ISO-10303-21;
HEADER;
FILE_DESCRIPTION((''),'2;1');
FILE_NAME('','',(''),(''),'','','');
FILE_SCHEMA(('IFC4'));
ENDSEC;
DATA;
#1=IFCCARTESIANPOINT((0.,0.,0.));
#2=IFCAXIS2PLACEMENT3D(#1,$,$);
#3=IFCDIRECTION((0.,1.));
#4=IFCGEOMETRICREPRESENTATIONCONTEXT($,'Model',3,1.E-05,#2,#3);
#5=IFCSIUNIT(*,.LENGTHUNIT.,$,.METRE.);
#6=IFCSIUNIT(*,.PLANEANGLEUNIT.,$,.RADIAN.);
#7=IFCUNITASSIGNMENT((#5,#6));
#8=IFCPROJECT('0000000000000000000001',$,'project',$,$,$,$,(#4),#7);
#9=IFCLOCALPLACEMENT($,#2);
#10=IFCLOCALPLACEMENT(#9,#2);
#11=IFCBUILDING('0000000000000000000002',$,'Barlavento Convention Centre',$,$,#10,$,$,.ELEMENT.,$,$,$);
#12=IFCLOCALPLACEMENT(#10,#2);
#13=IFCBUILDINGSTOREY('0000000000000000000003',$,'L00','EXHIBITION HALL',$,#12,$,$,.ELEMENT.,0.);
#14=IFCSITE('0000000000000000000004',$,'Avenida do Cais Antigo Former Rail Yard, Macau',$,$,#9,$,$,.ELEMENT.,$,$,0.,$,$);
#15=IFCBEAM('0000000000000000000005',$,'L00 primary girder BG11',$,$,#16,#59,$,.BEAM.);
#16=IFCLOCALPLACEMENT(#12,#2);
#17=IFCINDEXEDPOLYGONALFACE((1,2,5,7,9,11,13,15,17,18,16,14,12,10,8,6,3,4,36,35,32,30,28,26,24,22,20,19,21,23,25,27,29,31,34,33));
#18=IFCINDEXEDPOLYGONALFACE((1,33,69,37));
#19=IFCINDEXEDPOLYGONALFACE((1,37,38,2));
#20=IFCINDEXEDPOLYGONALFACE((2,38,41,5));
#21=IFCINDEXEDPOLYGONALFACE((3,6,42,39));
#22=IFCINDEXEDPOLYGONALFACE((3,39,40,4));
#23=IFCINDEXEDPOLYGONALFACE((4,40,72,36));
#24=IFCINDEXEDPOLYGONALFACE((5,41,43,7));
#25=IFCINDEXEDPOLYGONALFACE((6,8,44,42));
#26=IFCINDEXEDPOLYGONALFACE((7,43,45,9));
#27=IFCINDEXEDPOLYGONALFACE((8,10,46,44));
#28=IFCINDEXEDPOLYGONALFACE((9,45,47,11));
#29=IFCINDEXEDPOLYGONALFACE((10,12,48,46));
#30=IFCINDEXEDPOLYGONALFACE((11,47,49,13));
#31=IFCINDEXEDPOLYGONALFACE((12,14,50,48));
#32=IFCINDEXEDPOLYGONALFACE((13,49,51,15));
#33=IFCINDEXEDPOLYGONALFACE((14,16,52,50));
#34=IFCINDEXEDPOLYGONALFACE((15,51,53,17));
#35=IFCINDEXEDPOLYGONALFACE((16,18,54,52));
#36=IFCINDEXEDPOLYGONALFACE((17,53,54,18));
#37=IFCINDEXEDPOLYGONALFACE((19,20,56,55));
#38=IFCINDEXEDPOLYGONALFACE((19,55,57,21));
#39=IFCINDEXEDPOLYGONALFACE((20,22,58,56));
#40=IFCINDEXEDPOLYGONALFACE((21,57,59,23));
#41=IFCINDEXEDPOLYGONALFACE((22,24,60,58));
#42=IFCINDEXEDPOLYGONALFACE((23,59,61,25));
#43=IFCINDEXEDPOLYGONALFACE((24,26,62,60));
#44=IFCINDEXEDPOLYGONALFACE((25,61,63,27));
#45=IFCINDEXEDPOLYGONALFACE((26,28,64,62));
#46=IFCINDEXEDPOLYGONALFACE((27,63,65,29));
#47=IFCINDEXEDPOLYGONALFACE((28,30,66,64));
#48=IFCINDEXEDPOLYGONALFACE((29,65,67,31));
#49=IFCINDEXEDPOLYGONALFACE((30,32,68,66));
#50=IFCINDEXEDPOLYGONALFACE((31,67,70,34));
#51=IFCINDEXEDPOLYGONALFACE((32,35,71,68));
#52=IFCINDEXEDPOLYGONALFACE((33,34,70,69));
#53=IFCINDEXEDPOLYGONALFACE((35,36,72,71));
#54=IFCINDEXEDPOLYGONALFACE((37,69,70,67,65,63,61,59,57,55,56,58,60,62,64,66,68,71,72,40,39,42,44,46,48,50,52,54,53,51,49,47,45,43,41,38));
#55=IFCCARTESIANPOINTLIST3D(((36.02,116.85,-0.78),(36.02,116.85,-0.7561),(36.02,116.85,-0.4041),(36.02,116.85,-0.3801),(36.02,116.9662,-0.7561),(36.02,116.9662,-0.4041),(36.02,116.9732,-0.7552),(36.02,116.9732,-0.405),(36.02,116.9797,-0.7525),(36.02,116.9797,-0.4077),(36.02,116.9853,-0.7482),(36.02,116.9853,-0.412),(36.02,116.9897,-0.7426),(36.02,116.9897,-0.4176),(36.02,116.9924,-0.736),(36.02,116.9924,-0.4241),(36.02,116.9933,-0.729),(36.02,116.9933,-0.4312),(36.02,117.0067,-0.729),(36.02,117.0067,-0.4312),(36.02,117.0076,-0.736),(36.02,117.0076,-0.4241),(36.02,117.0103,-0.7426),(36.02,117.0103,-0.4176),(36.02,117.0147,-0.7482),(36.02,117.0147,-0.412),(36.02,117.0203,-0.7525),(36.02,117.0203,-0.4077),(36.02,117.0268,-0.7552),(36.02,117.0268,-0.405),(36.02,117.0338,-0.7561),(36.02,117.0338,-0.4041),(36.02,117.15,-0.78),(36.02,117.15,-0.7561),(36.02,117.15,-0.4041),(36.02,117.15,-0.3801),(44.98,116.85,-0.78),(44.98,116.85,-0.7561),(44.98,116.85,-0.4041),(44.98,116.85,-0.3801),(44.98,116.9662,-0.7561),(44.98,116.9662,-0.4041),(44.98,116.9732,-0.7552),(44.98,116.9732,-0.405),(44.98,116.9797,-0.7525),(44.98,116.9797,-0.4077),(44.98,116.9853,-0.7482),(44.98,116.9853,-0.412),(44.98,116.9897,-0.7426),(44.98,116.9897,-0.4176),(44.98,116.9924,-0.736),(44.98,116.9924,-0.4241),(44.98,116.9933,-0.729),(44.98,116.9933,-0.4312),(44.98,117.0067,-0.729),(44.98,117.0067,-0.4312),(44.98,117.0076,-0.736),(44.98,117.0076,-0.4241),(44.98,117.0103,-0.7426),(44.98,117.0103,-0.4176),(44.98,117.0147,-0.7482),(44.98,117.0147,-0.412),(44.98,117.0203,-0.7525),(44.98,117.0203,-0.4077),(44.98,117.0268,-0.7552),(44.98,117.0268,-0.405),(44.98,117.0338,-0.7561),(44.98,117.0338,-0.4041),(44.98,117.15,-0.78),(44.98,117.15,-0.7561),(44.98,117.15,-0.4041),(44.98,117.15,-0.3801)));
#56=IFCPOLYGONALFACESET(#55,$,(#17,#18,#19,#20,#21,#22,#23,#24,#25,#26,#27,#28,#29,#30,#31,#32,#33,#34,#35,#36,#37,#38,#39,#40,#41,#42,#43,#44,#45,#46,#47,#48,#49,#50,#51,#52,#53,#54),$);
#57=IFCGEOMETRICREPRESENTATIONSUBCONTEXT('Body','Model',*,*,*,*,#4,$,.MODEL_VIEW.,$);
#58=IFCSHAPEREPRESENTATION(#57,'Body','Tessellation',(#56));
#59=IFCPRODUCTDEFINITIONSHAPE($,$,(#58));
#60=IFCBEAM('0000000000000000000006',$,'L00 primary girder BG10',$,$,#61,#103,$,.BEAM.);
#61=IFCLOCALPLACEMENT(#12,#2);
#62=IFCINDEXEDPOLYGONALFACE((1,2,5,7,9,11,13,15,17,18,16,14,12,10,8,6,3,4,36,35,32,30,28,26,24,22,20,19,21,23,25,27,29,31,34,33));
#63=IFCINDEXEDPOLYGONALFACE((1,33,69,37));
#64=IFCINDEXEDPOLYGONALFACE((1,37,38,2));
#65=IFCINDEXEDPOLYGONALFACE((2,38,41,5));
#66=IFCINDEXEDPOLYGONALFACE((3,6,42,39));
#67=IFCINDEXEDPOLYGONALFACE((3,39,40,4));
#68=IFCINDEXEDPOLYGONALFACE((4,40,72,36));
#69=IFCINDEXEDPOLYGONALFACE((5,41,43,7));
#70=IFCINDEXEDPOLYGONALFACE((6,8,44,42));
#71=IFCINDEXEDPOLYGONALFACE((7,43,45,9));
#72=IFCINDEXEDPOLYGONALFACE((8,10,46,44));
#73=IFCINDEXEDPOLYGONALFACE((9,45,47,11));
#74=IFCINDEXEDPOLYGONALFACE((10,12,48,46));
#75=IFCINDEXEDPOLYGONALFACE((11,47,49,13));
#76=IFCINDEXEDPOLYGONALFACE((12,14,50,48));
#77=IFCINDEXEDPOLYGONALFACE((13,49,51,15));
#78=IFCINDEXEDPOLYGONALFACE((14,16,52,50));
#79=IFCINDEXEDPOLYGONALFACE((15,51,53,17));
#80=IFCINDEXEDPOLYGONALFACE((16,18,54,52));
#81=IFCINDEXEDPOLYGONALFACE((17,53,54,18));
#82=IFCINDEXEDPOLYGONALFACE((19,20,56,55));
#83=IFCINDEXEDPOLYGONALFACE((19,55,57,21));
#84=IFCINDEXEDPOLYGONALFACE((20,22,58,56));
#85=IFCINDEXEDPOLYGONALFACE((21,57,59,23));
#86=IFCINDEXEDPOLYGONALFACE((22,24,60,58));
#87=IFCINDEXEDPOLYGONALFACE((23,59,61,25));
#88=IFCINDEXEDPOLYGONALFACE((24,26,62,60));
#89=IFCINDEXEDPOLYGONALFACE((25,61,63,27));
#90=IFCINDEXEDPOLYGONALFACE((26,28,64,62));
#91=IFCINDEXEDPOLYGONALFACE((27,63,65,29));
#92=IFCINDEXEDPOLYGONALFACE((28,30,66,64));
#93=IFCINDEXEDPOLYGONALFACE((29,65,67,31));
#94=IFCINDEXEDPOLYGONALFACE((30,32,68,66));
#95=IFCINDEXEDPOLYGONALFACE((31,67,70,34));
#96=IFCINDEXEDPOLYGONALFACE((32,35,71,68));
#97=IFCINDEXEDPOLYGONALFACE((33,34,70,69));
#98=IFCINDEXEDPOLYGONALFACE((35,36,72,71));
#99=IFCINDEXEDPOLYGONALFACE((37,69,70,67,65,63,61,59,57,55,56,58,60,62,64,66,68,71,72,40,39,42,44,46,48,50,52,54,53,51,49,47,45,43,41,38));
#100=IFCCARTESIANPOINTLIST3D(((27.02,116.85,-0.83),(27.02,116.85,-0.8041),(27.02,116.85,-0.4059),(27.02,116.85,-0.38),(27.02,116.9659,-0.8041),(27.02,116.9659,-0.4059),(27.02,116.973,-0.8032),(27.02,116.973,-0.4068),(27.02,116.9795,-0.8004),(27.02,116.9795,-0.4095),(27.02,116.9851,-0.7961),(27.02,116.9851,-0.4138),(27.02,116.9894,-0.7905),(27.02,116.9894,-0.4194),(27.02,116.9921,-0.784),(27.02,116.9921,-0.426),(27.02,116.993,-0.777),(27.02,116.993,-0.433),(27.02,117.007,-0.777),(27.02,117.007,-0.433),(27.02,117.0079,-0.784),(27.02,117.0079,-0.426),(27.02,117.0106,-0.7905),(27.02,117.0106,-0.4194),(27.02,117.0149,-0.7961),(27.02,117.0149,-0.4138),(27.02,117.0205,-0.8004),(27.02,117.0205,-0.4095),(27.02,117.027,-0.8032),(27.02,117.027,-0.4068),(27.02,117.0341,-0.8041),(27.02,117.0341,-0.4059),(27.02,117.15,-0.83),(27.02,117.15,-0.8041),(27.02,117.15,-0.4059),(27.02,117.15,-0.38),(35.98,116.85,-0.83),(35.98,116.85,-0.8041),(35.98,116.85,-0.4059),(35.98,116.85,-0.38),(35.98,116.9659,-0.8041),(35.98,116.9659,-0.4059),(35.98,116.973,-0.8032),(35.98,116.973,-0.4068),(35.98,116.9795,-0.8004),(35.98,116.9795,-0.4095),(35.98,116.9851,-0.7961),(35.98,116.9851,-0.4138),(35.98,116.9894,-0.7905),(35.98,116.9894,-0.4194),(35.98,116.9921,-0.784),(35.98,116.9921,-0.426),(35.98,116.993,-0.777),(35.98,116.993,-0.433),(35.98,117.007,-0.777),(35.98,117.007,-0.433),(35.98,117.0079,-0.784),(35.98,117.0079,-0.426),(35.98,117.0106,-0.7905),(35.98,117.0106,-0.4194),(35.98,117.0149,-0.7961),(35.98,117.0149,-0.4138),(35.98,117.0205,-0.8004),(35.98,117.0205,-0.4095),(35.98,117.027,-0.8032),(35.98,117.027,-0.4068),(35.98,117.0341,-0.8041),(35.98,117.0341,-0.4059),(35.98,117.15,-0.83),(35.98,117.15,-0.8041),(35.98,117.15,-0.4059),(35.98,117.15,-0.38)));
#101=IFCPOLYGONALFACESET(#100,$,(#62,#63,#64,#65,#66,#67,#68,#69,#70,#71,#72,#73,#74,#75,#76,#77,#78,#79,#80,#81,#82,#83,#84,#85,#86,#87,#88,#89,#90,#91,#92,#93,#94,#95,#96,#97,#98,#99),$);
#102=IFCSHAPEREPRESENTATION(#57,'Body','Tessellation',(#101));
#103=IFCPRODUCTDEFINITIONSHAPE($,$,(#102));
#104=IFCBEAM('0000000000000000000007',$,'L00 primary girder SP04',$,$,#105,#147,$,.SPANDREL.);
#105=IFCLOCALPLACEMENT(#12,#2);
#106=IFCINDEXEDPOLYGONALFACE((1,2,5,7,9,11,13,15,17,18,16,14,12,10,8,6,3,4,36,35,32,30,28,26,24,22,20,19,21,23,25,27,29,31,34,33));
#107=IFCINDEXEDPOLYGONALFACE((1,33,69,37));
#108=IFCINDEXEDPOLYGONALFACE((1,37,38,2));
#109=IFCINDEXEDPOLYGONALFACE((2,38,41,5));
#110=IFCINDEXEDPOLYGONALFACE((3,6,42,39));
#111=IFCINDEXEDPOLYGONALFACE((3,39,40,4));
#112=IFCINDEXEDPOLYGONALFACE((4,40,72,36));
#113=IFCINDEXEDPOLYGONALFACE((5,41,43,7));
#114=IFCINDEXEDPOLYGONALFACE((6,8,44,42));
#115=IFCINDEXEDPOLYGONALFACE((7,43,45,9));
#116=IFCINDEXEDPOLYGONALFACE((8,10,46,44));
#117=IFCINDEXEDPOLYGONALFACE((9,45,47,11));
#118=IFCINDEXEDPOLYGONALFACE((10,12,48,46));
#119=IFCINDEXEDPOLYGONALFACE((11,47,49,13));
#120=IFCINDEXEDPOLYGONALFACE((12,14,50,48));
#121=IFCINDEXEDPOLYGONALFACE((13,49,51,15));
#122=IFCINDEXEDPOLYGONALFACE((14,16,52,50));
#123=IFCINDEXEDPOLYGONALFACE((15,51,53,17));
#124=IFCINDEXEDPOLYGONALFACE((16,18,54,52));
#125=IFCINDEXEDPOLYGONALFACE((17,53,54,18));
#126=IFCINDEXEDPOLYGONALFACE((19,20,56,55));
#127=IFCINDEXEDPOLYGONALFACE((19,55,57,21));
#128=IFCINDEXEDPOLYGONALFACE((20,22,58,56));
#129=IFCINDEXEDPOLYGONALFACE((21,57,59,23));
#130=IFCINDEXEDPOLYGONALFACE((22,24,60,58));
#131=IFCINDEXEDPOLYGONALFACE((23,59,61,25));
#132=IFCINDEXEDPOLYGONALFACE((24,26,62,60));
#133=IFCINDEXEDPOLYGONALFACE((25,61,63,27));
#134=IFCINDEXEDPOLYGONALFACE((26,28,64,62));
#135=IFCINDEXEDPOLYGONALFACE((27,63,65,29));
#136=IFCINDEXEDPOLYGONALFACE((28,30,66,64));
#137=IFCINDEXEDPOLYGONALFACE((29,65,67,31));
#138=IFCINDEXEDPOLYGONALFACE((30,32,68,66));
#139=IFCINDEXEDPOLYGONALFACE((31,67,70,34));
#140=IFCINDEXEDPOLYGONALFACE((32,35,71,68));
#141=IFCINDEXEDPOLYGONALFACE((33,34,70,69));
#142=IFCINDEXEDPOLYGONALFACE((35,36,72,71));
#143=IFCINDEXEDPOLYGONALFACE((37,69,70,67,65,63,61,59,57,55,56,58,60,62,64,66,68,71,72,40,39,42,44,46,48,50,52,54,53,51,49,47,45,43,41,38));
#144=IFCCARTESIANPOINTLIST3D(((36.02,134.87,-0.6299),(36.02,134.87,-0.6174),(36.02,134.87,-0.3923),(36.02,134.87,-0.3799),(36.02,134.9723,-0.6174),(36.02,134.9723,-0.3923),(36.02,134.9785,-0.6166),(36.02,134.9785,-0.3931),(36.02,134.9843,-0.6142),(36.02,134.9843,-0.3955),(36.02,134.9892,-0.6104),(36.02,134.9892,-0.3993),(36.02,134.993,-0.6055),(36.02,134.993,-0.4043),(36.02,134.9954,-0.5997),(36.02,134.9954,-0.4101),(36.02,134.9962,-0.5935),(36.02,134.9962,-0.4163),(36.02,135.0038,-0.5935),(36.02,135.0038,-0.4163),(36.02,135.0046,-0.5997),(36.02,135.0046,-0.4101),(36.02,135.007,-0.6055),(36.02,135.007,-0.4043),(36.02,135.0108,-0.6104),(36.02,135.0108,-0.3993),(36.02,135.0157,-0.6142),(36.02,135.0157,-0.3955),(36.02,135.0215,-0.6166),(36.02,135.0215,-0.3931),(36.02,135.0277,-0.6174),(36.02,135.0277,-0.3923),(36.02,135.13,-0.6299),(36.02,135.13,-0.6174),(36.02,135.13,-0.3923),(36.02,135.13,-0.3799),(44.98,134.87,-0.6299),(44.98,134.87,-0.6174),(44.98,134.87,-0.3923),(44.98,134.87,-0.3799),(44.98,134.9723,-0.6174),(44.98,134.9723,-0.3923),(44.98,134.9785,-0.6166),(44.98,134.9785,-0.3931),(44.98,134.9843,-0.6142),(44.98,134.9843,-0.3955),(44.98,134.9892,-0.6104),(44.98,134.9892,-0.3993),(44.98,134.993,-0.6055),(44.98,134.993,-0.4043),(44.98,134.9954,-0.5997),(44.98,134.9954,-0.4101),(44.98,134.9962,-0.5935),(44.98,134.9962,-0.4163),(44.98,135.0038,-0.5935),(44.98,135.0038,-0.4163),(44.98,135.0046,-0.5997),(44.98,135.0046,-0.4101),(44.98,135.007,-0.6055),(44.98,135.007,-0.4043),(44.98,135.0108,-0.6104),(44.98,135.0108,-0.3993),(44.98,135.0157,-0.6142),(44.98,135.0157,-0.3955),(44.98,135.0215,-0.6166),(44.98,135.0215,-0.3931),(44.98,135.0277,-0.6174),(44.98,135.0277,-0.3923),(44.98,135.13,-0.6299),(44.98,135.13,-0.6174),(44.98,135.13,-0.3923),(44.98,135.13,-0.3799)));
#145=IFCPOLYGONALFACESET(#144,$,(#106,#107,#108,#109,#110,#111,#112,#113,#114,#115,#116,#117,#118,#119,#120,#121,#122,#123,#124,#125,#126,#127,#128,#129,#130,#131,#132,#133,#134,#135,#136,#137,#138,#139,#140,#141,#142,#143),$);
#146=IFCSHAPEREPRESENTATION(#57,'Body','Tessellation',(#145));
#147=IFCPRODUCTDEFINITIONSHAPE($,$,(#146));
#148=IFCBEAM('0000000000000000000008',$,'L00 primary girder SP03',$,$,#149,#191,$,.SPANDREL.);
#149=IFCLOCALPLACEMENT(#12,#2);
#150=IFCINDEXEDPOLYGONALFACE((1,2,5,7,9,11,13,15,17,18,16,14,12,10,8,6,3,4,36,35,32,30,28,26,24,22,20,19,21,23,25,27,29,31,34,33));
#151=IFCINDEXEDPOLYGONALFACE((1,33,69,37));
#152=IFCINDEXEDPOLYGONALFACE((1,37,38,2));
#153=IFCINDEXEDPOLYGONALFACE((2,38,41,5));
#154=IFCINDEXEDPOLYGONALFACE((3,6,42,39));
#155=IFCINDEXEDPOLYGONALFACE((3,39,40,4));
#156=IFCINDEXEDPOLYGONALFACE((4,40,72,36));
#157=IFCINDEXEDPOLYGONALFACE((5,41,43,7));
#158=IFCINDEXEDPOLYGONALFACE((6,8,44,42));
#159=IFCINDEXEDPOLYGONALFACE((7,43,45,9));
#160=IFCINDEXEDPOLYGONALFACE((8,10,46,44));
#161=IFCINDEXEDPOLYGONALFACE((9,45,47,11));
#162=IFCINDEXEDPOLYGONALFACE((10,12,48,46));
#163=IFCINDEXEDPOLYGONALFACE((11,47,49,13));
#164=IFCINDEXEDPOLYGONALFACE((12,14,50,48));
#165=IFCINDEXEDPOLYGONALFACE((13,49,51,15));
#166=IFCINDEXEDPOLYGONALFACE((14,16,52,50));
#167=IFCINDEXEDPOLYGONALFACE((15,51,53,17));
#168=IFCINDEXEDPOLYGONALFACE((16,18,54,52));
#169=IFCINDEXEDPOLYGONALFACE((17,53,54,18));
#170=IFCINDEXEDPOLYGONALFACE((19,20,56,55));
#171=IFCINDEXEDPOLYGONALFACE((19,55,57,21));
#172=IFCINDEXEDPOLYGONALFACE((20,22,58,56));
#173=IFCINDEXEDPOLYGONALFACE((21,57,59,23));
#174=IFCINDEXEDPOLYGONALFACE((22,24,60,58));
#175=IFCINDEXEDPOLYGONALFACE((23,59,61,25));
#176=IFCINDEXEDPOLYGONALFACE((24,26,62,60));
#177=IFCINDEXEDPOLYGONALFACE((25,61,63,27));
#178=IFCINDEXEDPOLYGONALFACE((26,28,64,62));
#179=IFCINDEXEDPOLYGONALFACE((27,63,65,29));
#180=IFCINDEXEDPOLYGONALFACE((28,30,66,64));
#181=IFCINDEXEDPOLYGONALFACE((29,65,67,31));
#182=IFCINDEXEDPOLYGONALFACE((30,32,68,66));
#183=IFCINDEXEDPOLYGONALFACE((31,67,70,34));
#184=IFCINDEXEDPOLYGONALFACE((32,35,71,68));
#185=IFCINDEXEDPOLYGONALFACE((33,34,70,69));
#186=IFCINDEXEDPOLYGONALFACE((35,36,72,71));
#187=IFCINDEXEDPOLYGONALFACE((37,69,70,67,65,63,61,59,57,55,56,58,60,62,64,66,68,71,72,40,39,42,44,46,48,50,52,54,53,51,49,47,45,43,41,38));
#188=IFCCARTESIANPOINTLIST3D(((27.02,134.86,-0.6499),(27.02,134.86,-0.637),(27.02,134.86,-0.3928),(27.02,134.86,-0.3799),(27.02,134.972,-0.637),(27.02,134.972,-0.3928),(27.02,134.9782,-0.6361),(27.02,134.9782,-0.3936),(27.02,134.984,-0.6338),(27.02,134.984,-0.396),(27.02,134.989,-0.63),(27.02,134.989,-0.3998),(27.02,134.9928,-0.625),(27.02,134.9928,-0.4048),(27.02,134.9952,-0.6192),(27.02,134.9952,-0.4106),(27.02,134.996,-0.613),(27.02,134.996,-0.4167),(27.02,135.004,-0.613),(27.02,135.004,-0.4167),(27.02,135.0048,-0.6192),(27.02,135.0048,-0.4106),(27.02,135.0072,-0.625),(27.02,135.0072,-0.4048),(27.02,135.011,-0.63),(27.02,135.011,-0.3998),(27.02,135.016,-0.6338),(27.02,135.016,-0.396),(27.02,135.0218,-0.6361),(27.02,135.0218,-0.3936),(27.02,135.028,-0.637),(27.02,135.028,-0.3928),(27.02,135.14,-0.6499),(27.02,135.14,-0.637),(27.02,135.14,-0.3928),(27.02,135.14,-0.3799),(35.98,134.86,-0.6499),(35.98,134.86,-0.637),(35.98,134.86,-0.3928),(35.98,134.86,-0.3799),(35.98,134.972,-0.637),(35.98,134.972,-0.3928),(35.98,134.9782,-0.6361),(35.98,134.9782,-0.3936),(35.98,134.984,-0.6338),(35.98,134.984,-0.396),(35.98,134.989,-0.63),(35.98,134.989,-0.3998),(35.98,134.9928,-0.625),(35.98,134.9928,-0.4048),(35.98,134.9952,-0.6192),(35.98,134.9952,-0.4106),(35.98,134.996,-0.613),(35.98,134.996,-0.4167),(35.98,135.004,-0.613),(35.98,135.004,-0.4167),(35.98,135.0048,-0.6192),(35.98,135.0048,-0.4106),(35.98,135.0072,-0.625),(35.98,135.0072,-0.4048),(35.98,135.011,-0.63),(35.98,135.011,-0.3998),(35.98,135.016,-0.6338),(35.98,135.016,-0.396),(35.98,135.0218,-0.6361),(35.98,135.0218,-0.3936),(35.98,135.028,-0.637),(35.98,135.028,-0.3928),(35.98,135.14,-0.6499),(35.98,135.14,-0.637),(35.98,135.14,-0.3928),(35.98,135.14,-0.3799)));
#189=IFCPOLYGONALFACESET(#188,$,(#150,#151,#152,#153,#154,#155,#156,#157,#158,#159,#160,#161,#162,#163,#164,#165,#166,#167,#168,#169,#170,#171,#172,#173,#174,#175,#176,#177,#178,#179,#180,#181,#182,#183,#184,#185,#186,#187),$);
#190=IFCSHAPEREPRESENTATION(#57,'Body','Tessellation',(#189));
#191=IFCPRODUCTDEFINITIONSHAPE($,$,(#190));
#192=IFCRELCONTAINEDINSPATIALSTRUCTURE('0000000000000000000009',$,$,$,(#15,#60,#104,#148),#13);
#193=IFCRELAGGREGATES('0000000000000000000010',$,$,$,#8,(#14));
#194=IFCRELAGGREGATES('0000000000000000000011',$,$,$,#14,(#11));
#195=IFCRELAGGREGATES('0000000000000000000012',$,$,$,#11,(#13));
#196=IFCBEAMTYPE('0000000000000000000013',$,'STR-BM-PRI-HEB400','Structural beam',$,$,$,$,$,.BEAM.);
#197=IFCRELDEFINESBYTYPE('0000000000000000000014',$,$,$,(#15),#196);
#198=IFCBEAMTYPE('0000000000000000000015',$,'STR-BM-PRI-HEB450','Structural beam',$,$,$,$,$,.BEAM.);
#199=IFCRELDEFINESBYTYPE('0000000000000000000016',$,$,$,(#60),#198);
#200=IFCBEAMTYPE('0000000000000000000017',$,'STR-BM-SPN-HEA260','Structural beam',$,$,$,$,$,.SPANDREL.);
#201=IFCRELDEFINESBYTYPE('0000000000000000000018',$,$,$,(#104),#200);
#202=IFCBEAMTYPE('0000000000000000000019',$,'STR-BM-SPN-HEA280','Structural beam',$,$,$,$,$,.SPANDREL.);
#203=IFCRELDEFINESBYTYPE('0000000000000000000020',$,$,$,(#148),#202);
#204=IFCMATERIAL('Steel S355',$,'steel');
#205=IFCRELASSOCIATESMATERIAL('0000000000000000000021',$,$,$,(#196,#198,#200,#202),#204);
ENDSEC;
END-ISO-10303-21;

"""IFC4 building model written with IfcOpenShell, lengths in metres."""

from ifc_helpers import new_model, si_unit, direction, frame, origin, origin_2d, place, context, subcontext, project, spatial, i_section, extrude, material, material_profile, profile_set, type_object, element, save


model = new_model("IFC4")

# Units and contexts
model_context = context("Model", 3, precision=1e-05, world=origin(), true_north=direction((0.0, 1.0)))
body_context = subcontext(model_context, "Body", "Model", "MODEL_VIEW")
ifc_project = project(units=[si_unit("LENGTHUNIT", "METRE"), si_unit("PLANEANGLEUNIT", "RADIAN")], contexts=[model_context])

# Site, building, storey
site_placement = place(None, origin())
site = spatial("IfcSite", under=ifc_project, at=site_placement, Name="Avenida do Cais Antigo Former Rail Yard, Macau", CompositionType="ELEMENT", RefElevation=0.0)
building_placement = place(site_placement, origin())
building = spatial("IfcBuilding", under=site, at=building_placement, Name="Barlavento Convention Centre", CompositionType="ELEMENT")
storey_placement = place(building_placement, origin())
storey = spatial("IfcBuildingStorey", under=building, at=storey_placement, Name="L00", Description="EXHIBITION HALL", CompositionType="ELEMENT", Elevation=0.0)

# Beams
ifc_material_1 = material(Name="Steel S355", Category="steel")
ifc_material_profile_1 = material_profile(ifc_material_1, i_section(OverallWidth=0.3, OverallDepth=0.3999, WebThickness=0.0134, FlangeThickness=0.0239, FilletRadius=0.0271, at=origin_2d()), Name="HEB 400")
ifc_profile_set_1 = profile_set([ifc_material_profile_1], Name="Steel S355")
beam_type_1 = type_object("IfcBeamType", Name="STR-BM-PRI-HEB400", Description="Structural beam", PredefinedType="BEAM", material=ifc_profile_set_1)
beam_1_placement = place(storey_placement, frame((36.02, 117.0, -0.5801), z_axis=(1.0, 0.0, 0.0), x_axis=(0.0, 1.0, 0.0)))
element("IfcBeam", 1, at=beam_1_placement, inside=storey, type_object=beam_type_1, Name="L00 primary girder BG11", PredefinedType="BEAM", context=body_context, shape_type="SweptSolid", body=[
    extrude(i_section(OverallWidth=0.3, OverallDepth=0.3999, WebThickness=0.0134, FlangeThickness=0.0239, FilletRadius=0.0271, at=origin_2d()), origin(), (0.0, 0.0, 1.0), 8.96),
])
ifc_material_profile_2 = material_profile(ifc_material_1, i_section(OverallWidth=0.3, OverallDepth=0.45, WebThickness=0.0139, FlangeThickness=0.0259, FilletRadius=0.0271, at=origin_2d()), Name="HEB 450")
ifc_profile_set_2 = profile_set([ifc_material_profile_2], Name="Steel S355")
beam_type_2 = type_object("IfcBeamType", Name="STR-BM-PRI-HEB450", Description="Structural beam", PredefinedType="BEAM", material=ifc_profile_set_2)
beam_2_placement = place(storey_placement, frame((27.02, 117.0, -0.605), z_axis=(1.0, 0.0, 0.0), x_axis=(0.0, 1.0, 0.0)))
element("IfcBeam", 2, at=beam_2_placement, inside=storey, type_object=beam_type_2, Name="L00 primary girder BG10", PredefinedType="BEAM", context=body_context, shape_type="SweptSolid", body=[
    extrude(i_section(OverallWidth=0.3, OverallDepth=0.45, WebThickness=0.0139, FlangeThickness=0.0259, FilletRadius=0.0271, at=origin_2d()), origin(), (0.0, 0.0, 1.0), 8.96),
])
ifc_material_profile_3 = material_profile(ifc_material_1, i_section(OverallWidth=0.26, OverallDepth=0.25, WebThickness=0.0076, FlangeThickness=0.0125, FilletRadius=0.0239, at=origin_2d()), Name="HEA 260")
ifc_profile_set_3 = profile_set([ifc_material_profile_3], Name="Steel S355")
beam_type_3 = type_object("IfcBeamType", Name="STR-BM-SPN-HEA260", Description="Structural beam", PredefinedType="SPANDREL", material=ifc_profile_set_3)
beam_3_placement = place(storey_placement, frame((36.02, 135.0, -0.5049), z_axis=(1.0, 0.0, 0.0), x_axis=(0.0, 1.0, 0.0)))
element("IfcBeam", 3, at=beam_3_placement, inside=storey, type_object=beam_type_3, Name="L00 primary girder SP04", PredefinedType="SPANDREL", context=body_context, shape_type="SweptSolid", body=[
    extrude(i_section(OverallWidth=0.26, OverallDepth=0.25, WebThickness=0.0076, FlangeThickness=0.0125, FilletRadius=0.0239, at=origin_2d()), origin(), (0.0, 0.0, 1.0), 8.96),
])
ifc_material_profile_4 = material_profile(ifc_material_1, i_section(OverallWidth=0.28, OverallDepth=0.27, WebThickness=0.0081, FlangeThickness=0.0129, FilletRadius=0.0239, at=origin_2d()), Name="HEA 280")
ifc_profile_set_4 = profile_set([ifc_material_profile_4], Name="Steel S355")
beam_type_4 = type_object("IfcBeamType", Name="STR-BM-SPN-HEA280", Description="Structural beam", PredefinedType="SPANDREL", material=ifc_profile_set_4)
beam_4_placement = place(storey_placement, frame((27.02, 135.0, -0.5149), z_axis=(1.0, 0.0, 0.0), x_axis=(0.0, 1.0, 0.0)))
element("IfcBeam", 4, at=beam_4_placement, inside=storey, type_object=beam_type_4, Name="L00 primary girder SP03", PredefinedType="SPANDREL", context=body_context, shape_type="SweptSolid", body=[
    extrude(i_section(OverallWidth=0.28, OverallDepth=0.27, WebThickness=0.0081, FlangeThickness=0.0129, FilletRadius=0.0239, at=origin_2d()), origin(), (0.0, 0.0, 1.0), 8.96),
])

save(model, "model.ifc")
